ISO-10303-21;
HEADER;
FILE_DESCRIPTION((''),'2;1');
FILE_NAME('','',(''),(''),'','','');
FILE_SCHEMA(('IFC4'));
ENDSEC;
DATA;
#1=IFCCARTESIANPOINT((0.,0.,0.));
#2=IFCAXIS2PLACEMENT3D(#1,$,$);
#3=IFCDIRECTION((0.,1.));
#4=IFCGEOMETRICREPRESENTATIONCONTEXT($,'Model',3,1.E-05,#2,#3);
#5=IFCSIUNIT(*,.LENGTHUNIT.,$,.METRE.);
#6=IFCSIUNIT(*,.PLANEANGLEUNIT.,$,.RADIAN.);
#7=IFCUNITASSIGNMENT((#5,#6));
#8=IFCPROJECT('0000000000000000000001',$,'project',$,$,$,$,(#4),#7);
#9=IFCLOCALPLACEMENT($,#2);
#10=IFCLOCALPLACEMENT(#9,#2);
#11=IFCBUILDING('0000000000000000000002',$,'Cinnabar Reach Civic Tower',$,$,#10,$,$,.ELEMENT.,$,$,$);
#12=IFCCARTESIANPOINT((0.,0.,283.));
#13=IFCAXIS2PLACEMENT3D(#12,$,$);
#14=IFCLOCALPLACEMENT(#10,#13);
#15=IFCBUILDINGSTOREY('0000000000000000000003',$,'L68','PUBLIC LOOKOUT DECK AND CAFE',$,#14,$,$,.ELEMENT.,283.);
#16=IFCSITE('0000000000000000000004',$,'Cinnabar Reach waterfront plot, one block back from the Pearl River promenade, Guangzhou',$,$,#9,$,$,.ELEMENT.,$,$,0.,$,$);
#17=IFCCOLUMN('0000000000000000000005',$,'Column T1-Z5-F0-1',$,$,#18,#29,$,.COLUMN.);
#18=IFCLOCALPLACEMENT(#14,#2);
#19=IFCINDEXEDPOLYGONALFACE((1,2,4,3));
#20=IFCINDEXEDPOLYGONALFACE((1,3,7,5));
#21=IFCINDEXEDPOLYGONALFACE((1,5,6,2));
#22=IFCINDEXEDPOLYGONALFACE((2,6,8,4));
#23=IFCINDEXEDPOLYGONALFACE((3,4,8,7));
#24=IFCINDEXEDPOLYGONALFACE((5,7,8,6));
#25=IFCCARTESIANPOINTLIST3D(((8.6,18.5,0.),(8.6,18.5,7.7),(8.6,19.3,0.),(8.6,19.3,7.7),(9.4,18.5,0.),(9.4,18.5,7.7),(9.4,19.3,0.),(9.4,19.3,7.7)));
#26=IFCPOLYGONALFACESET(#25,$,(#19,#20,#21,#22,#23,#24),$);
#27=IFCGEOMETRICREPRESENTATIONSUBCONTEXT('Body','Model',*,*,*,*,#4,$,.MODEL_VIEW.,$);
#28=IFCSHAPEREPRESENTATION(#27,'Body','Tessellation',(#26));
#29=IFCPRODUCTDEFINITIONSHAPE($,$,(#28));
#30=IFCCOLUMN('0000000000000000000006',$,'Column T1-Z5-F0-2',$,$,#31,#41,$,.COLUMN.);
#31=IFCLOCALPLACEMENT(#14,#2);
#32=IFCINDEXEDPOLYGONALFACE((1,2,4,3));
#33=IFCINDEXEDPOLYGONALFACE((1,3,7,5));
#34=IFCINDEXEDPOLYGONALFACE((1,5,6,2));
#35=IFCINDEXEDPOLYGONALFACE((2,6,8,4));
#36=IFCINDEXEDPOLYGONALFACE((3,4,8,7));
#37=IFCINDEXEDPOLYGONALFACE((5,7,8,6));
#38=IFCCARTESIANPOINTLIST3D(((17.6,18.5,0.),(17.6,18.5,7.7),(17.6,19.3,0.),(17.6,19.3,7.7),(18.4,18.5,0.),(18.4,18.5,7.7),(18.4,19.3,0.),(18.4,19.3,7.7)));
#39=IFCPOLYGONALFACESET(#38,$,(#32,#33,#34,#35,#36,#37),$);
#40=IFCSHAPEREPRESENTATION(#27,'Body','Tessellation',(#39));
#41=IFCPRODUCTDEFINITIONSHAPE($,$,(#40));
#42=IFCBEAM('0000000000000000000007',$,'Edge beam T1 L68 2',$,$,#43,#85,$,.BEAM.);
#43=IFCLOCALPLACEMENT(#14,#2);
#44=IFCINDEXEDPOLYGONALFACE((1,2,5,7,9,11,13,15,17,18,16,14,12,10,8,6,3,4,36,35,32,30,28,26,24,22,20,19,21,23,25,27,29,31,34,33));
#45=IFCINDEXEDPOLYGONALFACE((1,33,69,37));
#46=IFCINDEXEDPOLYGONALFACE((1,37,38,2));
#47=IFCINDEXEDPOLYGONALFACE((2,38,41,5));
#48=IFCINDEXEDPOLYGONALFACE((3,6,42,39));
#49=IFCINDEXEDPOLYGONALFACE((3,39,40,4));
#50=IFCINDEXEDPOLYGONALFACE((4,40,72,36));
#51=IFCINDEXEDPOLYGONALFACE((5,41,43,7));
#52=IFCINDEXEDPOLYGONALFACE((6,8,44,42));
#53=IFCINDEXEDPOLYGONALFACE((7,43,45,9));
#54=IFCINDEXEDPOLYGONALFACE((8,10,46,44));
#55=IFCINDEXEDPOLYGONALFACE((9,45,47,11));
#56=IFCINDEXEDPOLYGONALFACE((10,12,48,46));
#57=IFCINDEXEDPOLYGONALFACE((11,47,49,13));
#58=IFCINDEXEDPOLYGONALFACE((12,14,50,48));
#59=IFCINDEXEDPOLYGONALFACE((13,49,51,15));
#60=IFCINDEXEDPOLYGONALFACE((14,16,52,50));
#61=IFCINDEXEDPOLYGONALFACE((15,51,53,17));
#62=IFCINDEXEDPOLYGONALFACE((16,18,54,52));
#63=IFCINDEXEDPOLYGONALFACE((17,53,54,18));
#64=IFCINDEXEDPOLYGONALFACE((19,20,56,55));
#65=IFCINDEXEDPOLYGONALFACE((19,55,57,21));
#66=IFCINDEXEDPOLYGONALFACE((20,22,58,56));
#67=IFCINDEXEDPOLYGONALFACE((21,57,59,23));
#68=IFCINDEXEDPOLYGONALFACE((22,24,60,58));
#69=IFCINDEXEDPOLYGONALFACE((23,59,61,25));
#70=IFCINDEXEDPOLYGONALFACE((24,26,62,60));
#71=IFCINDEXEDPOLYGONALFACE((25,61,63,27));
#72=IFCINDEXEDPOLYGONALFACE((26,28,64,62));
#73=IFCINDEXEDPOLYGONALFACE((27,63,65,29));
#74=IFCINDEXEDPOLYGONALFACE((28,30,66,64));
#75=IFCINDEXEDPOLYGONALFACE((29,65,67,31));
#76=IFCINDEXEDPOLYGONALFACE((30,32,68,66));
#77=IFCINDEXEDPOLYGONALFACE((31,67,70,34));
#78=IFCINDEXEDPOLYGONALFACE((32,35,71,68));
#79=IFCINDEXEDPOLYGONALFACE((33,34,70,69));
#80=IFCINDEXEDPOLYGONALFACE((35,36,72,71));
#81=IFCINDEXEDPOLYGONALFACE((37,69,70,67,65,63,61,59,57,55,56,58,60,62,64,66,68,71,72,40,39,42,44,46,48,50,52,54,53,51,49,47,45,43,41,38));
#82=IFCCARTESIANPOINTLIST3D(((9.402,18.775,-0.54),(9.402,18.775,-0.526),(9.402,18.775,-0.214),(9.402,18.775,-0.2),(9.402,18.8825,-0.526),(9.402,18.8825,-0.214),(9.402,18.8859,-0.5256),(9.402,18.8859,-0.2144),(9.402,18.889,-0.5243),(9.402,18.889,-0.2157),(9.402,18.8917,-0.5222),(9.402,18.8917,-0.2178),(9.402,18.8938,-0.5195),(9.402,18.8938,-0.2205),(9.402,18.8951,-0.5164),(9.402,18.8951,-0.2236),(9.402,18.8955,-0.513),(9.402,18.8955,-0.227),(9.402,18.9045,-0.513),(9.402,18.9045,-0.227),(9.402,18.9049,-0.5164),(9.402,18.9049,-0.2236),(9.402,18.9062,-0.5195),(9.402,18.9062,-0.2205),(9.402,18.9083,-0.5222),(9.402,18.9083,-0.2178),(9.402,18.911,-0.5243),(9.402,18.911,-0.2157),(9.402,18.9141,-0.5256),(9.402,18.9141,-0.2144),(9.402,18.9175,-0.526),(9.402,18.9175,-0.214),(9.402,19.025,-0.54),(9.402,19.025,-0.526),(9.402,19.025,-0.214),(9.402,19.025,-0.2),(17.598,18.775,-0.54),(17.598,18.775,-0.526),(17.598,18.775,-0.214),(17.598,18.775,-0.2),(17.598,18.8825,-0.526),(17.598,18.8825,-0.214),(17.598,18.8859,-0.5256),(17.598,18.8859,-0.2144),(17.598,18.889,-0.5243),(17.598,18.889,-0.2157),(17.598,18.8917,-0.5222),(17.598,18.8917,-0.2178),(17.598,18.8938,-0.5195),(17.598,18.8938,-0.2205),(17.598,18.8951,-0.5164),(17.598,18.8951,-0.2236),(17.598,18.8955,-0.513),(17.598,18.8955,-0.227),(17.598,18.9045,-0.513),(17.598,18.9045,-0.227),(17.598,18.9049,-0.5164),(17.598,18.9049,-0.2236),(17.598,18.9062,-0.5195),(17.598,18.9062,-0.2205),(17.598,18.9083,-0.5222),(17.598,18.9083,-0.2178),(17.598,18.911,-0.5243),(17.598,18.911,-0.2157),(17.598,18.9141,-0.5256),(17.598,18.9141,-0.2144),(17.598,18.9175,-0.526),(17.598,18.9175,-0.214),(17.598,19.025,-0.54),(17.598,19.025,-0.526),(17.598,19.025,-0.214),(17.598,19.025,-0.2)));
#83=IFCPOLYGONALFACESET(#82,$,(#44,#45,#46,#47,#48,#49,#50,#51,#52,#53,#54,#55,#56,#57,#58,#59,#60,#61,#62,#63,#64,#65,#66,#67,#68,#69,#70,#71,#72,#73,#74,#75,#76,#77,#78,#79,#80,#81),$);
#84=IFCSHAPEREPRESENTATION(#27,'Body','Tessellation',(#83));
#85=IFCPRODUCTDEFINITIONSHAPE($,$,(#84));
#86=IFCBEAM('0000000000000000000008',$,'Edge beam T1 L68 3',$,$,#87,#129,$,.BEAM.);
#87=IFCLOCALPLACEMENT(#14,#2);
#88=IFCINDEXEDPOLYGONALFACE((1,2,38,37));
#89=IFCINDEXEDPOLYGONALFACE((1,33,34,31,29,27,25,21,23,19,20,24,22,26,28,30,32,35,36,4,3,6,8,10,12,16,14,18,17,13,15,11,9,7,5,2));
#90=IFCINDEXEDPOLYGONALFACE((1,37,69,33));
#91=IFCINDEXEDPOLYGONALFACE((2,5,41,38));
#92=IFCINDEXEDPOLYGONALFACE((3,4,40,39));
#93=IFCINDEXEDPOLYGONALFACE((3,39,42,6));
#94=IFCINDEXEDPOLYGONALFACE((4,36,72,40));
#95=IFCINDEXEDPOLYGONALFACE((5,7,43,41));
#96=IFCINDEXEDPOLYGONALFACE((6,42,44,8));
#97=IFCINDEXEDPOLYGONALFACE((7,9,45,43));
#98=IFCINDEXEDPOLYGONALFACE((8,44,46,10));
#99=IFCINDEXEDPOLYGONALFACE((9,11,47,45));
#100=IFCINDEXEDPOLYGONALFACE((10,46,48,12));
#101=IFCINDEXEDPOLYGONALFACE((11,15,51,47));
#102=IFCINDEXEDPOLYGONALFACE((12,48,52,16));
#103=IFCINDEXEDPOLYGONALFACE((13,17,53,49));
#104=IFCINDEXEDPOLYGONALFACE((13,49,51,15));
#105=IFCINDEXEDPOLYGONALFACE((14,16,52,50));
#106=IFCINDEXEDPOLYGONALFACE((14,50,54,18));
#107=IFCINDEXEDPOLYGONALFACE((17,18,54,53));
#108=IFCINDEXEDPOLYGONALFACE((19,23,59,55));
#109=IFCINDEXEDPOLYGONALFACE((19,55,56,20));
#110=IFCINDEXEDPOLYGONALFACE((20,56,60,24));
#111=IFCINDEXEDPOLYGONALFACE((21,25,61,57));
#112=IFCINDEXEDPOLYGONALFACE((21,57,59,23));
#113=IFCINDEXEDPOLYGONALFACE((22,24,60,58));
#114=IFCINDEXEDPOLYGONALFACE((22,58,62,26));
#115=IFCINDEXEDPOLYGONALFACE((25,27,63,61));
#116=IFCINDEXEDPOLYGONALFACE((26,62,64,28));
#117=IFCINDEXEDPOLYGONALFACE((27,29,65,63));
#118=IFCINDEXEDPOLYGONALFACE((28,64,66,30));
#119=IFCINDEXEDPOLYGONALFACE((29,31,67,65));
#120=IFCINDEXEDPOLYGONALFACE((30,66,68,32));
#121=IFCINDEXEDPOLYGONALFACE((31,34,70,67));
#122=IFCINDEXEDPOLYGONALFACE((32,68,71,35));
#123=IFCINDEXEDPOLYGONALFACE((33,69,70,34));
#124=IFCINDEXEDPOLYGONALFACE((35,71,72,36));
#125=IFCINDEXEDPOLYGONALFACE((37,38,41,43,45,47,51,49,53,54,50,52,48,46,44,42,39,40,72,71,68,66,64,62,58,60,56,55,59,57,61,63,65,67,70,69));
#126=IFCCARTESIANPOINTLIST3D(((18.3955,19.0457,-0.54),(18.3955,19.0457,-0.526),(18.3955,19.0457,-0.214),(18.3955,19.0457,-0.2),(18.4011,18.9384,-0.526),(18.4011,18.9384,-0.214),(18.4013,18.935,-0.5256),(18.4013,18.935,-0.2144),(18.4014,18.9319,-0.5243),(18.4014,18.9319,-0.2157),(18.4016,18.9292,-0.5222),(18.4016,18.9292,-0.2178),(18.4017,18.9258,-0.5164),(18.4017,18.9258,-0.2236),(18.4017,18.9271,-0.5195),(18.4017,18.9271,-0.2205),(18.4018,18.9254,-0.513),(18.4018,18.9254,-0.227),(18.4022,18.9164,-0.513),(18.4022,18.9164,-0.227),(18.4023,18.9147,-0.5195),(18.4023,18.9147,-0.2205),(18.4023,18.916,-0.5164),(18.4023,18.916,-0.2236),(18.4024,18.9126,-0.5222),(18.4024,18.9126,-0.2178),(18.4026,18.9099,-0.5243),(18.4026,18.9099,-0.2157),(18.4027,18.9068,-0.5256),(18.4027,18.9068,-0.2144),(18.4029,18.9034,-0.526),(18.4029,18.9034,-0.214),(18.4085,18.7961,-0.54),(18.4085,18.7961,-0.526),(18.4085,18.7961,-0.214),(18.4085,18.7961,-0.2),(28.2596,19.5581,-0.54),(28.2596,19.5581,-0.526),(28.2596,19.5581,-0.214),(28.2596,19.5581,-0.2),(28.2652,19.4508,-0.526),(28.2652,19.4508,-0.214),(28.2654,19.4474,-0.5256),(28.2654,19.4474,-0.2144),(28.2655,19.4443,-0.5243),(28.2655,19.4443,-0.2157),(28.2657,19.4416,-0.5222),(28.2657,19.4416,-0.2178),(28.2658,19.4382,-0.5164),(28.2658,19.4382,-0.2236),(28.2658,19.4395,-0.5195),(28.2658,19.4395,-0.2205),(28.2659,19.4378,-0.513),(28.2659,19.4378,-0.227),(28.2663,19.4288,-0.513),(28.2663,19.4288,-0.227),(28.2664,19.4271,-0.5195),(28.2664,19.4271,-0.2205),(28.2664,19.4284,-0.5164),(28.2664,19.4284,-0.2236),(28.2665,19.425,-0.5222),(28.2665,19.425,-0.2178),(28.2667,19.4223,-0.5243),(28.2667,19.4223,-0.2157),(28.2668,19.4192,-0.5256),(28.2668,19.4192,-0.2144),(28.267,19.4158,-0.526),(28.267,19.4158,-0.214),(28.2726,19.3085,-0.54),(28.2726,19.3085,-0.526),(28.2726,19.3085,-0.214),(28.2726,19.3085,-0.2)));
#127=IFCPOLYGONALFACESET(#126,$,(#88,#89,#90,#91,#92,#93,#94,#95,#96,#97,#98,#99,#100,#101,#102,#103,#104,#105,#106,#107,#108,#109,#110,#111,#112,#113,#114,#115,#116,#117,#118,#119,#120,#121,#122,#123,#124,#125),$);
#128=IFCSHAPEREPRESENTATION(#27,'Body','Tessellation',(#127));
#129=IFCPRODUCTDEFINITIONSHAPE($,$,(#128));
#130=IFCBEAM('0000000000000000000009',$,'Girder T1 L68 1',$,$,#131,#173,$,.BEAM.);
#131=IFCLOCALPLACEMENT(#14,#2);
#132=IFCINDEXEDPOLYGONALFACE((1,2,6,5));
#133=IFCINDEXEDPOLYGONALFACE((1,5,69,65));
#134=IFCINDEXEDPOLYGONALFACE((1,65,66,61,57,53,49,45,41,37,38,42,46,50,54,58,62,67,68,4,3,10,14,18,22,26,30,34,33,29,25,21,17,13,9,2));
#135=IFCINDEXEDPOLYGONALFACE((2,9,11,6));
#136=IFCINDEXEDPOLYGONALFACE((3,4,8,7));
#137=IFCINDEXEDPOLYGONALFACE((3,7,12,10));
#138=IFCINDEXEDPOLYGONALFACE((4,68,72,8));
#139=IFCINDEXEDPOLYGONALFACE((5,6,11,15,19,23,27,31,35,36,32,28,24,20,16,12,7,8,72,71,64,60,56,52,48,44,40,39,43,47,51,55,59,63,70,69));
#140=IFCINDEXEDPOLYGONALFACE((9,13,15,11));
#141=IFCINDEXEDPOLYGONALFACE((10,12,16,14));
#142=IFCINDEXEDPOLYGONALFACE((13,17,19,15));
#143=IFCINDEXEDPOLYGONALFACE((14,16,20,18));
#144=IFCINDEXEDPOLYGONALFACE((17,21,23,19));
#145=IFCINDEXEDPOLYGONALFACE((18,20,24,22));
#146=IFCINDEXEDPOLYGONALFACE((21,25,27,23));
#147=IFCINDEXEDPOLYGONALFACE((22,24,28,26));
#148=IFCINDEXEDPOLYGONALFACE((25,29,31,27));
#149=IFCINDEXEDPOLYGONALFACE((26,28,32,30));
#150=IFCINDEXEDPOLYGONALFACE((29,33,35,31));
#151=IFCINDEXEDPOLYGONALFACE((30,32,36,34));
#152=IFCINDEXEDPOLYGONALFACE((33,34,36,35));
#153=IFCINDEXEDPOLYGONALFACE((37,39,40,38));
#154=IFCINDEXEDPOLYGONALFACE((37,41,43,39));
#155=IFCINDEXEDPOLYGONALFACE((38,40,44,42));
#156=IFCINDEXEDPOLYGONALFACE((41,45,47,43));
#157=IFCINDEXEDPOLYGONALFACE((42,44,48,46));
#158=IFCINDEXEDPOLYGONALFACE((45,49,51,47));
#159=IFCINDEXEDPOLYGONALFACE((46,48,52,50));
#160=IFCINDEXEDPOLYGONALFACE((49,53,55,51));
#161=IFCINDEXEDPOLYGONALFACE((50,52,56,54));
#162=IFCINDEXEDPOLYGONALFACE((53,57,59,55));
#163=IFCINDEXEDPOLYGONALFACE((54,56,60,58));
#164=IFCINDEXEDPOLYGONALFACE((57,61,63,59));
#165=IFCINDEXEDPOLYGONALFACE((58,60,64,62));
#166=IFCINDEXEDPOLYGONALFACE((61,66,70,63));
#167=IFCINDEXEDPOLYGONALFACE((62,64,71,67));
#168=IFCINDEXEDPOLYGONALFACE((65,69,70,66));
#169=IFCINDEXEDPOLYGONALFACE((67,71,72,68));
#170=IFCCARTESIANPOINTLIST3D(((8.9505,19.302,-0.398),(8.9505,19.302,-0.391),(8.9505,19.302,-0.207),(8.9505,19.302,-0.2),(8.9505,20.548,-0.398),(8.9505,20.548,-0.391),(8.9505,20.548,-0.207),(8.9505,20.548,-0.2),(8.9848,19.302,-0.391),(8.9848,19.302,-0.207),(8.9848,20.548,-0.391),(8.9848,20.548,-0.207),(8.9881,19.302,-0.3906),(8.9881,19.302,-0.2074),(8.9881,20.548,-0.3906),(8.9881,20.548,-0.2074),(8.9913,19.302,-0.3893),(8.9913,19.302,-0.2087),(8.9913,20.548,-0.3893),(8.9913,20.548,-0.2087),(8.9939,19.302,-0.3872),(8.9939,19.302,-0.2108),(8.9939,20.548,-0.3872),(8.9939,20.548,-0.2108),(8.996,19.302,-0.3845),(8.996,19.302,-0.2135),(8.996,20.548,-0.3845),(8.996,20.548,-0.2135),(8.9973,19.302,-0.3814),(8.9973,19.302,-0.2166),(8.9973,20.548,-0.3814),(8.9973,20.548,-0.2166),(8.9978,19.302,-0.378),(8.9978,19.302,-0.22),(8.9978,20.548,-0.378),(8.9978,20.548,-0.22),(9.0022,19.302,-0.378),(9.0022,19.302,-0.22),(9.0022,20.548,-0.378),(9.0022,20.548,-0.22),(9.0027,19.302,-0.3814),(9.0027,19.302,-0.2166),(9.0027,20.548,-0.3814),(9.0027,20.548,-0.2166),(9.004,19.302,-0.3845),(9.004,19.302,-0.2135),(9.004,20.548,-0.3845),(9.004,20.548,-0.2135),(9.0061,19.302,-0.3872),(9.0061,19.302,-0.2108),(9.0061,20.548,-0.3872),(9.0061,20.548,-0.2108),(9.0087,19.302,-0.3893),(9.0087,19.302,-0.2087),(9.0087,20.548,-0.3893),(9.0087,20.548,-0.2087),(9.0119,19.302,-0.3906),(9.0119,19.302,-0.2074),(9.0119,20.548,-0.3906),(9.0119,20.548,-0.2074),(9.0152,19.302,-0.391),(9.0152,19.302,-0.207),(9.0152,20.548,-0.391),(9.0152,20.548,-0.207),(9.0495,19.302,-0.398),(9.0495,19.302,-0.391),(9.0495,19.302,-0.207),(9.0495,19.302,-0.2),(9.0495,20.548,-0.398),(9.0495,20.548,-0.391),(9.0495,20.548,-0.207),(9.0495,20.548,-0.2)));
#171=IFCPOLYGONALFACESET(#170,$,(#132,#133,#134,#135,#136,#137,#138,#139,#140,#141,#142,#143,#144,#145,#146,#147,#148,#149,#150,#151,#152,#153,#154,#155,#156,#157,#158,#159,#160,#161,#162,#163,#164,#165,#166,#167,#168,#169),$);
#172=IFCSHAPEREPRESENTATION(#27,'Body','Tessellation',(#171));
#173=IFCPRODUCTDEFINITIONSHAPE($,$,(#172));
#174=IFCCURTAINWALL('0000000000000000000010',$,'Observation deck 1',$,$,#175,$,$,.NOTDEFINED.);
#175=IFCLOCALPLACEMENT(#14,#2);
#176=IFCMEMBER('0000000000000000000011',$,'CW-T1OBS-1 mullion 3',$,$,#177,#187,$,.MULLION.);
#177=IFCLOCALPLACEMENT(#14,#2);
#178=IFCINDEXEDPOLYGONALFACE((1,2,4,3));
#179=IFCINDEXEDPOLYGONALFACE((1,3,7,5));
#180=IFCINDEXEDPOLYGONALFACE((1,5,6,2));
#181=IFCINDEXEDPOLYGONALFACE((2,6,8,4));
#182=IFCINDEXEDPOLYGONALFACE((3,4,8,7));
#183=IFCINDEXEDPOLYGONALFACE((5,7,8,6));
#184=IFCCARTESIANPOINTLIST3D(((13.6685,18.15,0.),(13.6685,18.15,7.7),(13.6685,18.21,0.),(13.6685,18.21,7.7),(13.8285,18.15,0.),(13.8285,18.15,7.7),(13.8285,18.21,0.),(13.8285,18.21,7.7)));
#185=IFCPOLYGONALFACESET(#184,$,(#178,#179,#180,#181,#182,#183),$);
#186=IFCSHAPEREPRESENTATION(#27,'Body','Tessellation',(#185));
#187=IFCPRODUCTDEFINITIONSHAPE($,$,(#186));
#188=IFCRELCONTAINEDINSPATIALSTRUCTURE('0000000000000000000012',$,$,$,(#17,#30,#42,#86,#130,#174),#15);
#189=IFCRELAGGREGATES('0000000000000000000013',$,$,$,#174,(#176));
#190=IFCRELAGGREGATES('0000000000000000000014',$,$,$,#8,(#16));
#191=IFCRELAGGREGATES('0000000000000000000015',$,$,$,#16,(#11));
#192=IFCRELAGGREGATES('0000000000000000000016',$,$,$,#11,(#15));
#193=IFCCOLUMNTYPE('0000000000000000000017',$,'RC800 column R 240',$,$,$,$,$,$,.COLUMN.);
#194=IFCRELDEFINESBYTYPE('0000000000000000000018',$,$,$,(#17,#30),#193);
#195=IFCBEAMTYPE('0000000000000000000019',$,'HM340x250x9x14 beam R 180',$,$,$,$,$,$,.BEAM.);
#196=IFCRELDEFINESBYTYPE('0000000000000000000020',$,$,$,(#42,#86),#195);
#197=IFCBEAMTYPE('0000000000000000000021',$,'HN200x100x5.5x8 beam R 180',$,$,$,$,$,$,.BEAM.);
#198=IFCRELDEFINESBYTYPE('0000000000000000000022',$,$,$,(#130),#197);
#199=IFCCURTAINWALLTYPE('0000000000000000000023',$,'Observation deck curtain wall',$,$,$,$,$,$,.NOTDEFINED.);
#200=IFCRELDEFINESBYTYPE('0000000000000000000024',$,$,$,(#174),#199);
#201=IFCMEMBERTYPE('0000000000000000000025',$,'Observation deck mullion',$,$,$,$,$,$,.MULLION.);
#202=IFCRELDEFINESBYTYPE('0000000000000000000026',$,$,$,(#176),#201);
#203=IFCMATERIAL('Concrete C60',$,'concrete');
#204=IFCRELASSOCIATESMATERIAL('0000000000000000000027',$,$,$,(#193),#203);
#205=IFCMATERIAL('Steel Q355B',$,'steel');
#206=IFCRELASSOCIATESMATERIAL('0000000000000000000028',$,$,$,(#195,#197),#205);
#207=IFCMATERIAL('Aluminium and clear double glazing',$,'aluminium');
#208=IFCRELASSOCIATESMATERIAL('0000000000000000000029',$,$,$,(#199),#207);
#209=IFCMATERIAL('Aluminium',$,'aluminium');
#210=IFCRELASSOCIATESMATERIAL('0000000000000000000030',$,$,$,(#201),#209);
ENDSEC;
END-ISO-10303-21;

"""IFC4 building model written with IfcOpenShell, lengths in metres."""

from ifc_helpers import new_model, si_unit, direction, frame, origin, origin_2d, place, context, subcontext, project, spatial, rectangle, i_section, extrude, material, material_profile, profile_set, type_object, element, aggregate, save


model = new_model("IFC4")

# Units and contexts
model_context = context("Model", 3, precision=1e-05, world=origin(), true_north=direction((0.0, 1.0)))
body_context = subcontext(model_context, "Body", "Model", "MODEL_VIEW")
ifc_project = project(units=[si_unit("LENGTHUNIT", "METRE"), si_unit("PLANEANGLEUNIT", "RADIAN")], contexts=[model_context])

# Site, building, storey
site_placement = place(None, origin())
site = spatial("IfcSite", under=ifc_project, at=site_placement, Name="Cinnabar Reach waterfront plot, one block back from the Pearl River promenade, Guangzhou", CompositionType="ELEMENT", RefElevation=0.0)
building_placement = place(site_placement, origin())
building = spatial("IfcBuilding", under=site, at=building_placement, Name="Cinnabar Reach Civic Tower", CompositionType="ELEMENT")
storey_placement = place(building_placement, frame((0.0, 0.0, 283.0)))
storey = spatial("IfcBuildingStorey", under=building, at=storey_placement, Name="L68", Description="PUBLIC LOOKOUT DECK AND CAFE", CompositionType="ELEMENT", Elevation=283.0)

# Columns
ifc_material_1 = material(Name="Concrete C60", Category="concrete")
ifc_material_profile_1 = material_profile(ifc_material_1, rectangle(XDim=0.8, YDim=0.8, at=origin_2d()), Name="RC800")
ifc_profile_set_1 = profile_set([ifc_material_profile_1], Name="Concrete C60")
column_type = type_object("IfcColumnType", Name="RC800 column R 240", PredefinedType="COLUMN", material=ifc_profile_set_1)
for number, where, z_axis, x_axis, name in (
    (1, (9.0, 18.9, 0.0), (0.0, 0.0, 1.0), (1.0, 0.0, 0.0), "Column T1-Z5-F0-1"),
    (2, (18.0, 18.9, 0.0), (0.0, 0.0, 1.0), (1.0, 0.0, 0.0), "Column T1-Z5-F0-2"),
):
    element("IfcColumn", number, at=place(storey_placement, frame(where, z_axis=z_axis, x_axis=x_axis)), inside=storey, type_object=column_type, Name=name, PredefinedType="COLUMN", context=body_context, shape_type="SweptSolid", body=[
        extrude(rectangle(XDim=0.8, YDim=0.8, at=origin_2d()), origin(), (0.0, 0.0, 1.0), 7.7),
    ])

# Beams
ifc_material_2 = material(Name="Steel Q355B", Category="steel")
ifc_material_profile_2 = material_profile(ifc_material_2, i_section(OverallWidth=0.25, OverallDepth=0.34, WebThickness=0.009, FlangeThickness=0.014, FilletRadius=0.013, at=origin_2d()), Name="HM340x250x9x14")
ifc_profile_set_2 = profile_set([ifc_material_profile_2], Name="Steel Q355B")
beam_type_1 = type_object("IfcBeamType", Name="HM340x250x9x14 beam R 180", PredefinedType="BEAM", material=ifc_profile_set_2)
beam_1_placement = place(storey_placement, frame((9.402, 18.9, -0.37), z_axis=(1.0, 0.0, 0.0), x_axis=(0.0, 1.0, 0.0)))
element("IfcBeam", 3, at=beam_1_placement, inside=storey, type_object=beam_type_1, Name="Edge beam T1 L68 2", PredefinedType="BEAM", context=body_context, shape_type="SweptSolid", body=[
    extrude(i_section(OverallWidth=0.25, OverallDepth=0.34, WebThickness=0.009, FlangeThickness=0.014, FilletRadius=0.013, at=origin_2d()), origin(), (0.0, 0.0, 1.0), 8.196),
])
beam_2_placement = place(storey_placement, frame((18.402, 18.9209, -0.37), z_axis=(0.998654, 0.051876, 0.0), x_axis=(-0.051876, 0.998654, 0.0)))
element("IfcBeam", 4, at=beam_2_placement, inside=storey, type_object=beam_type_1, Name="Edge beam T1 L68 3", PredefinedType="BEAM", context=body_context, shape_type="SweptSolid", body=[
    extrude(i_section(OverallWidth=0.25, OverallDepth=0.34, WebThickness=0.009, FlangeThickness=0.014, FilletRadius=0.013, at=origin_2d()), origin(), (0.0, 0.0, 1.0), 9.8774),
])
ifc_material_profile_3 = material_profile(ifc_material_2, i_section(OverallWidth=0.099, OverallDepth=0.198, WebThickness=0.0045, FlangeThickness=0.007, FilletRadius=0.013, at=origin_2d()), Name="HN200x100x5.5x8")
ifc_profile_set_3 = profile_set([ifc_material_profile_3], Name="Steel Q355B")
beam_type_2 = type_object("IfcBeamType", Name="HN200x100x5.5x8 beam R 180", PredefinedType="BEAM", material=ifc_profile_set_3)
beam_3_placement = place(storey_placement, frame((9.0, 19.302, -0.299), z_axis=(0.0, 1.0, 0.0), x_axis=(-1.0, 0.0, 0.0)))
element("IfcBeam", 5, at=beam_3_placement, inside=storey, type_object=beam_type_2, Name="Girder T1 L68 1", PredefinedType="BEAM", context=body_context, shape_type="SweptSolid", body=[
    extrude(i_section(OverallWidth=0.099, OverallDepth=0.198, WebThickness=0.0045, FlangeThickness=0.007, FilletRadius=0.013, at=origin_2d()), origin(), (0.0, 0.0, 1.0), 1.246),
])

# Curtain wall, member
ifc_material_3 = material(Name="Aluminium and clear double glazing", Category="aluminium")
curtain_wall_type = type_object("IfcCurtainWallType", Name="Observation deck curtain wall", PredefinedType="NOTDEFINED", material=ifc_material_3)
curtain_wall_placement = place(storey_placement, origin())
curtain_wall = element("IfcCurtainWall", 6, at=curtain_wall_placement, inside=storey, type_object=curtain_wall_type, Name="Observation deck 1", PredefinedType="NOTDEFINED")
ifc_material_4 = material(Name="Aluminium", Category="aluminium")
ifc_material_profile_4 = material_profile(ifc_material_4, rectangle(XDim=0.06, YDim=0.16, at=origin_2d()), Name="Observation deck mullion")
ifc_profile_set_4 = profile_set([ifc_material_profile_4], Name="Aluminium")
member_type_1 = type_object("IfcMemberType", Name="Observation deck mullion", PredefinedType="MULLION", material=ifc_profile_set_4)
member_1_placement = place(storey_placement, frame((13.7485, 18.18, 0.0), z_axis=(0.0, 0.0, 1.0), x_axis=(0.0, 1.0, 0.0)))
member_1 = element("IfcMember", 7, at=member_1_placement, type_object=member_type_1, Name="CW-T1OBS-1 mullion 3", PredefinedType="MULLION", context=body_context, shape_type="SweptSolid", body=[
    extrude(rectangle(XDim=0.06, YDim=0.16, at=origin_2d()), origin(), (0.0, 0.0, 1.0), 7.7),
])
aggregate(curtain_wall, [member_1])

save(model, "model.ifc")
